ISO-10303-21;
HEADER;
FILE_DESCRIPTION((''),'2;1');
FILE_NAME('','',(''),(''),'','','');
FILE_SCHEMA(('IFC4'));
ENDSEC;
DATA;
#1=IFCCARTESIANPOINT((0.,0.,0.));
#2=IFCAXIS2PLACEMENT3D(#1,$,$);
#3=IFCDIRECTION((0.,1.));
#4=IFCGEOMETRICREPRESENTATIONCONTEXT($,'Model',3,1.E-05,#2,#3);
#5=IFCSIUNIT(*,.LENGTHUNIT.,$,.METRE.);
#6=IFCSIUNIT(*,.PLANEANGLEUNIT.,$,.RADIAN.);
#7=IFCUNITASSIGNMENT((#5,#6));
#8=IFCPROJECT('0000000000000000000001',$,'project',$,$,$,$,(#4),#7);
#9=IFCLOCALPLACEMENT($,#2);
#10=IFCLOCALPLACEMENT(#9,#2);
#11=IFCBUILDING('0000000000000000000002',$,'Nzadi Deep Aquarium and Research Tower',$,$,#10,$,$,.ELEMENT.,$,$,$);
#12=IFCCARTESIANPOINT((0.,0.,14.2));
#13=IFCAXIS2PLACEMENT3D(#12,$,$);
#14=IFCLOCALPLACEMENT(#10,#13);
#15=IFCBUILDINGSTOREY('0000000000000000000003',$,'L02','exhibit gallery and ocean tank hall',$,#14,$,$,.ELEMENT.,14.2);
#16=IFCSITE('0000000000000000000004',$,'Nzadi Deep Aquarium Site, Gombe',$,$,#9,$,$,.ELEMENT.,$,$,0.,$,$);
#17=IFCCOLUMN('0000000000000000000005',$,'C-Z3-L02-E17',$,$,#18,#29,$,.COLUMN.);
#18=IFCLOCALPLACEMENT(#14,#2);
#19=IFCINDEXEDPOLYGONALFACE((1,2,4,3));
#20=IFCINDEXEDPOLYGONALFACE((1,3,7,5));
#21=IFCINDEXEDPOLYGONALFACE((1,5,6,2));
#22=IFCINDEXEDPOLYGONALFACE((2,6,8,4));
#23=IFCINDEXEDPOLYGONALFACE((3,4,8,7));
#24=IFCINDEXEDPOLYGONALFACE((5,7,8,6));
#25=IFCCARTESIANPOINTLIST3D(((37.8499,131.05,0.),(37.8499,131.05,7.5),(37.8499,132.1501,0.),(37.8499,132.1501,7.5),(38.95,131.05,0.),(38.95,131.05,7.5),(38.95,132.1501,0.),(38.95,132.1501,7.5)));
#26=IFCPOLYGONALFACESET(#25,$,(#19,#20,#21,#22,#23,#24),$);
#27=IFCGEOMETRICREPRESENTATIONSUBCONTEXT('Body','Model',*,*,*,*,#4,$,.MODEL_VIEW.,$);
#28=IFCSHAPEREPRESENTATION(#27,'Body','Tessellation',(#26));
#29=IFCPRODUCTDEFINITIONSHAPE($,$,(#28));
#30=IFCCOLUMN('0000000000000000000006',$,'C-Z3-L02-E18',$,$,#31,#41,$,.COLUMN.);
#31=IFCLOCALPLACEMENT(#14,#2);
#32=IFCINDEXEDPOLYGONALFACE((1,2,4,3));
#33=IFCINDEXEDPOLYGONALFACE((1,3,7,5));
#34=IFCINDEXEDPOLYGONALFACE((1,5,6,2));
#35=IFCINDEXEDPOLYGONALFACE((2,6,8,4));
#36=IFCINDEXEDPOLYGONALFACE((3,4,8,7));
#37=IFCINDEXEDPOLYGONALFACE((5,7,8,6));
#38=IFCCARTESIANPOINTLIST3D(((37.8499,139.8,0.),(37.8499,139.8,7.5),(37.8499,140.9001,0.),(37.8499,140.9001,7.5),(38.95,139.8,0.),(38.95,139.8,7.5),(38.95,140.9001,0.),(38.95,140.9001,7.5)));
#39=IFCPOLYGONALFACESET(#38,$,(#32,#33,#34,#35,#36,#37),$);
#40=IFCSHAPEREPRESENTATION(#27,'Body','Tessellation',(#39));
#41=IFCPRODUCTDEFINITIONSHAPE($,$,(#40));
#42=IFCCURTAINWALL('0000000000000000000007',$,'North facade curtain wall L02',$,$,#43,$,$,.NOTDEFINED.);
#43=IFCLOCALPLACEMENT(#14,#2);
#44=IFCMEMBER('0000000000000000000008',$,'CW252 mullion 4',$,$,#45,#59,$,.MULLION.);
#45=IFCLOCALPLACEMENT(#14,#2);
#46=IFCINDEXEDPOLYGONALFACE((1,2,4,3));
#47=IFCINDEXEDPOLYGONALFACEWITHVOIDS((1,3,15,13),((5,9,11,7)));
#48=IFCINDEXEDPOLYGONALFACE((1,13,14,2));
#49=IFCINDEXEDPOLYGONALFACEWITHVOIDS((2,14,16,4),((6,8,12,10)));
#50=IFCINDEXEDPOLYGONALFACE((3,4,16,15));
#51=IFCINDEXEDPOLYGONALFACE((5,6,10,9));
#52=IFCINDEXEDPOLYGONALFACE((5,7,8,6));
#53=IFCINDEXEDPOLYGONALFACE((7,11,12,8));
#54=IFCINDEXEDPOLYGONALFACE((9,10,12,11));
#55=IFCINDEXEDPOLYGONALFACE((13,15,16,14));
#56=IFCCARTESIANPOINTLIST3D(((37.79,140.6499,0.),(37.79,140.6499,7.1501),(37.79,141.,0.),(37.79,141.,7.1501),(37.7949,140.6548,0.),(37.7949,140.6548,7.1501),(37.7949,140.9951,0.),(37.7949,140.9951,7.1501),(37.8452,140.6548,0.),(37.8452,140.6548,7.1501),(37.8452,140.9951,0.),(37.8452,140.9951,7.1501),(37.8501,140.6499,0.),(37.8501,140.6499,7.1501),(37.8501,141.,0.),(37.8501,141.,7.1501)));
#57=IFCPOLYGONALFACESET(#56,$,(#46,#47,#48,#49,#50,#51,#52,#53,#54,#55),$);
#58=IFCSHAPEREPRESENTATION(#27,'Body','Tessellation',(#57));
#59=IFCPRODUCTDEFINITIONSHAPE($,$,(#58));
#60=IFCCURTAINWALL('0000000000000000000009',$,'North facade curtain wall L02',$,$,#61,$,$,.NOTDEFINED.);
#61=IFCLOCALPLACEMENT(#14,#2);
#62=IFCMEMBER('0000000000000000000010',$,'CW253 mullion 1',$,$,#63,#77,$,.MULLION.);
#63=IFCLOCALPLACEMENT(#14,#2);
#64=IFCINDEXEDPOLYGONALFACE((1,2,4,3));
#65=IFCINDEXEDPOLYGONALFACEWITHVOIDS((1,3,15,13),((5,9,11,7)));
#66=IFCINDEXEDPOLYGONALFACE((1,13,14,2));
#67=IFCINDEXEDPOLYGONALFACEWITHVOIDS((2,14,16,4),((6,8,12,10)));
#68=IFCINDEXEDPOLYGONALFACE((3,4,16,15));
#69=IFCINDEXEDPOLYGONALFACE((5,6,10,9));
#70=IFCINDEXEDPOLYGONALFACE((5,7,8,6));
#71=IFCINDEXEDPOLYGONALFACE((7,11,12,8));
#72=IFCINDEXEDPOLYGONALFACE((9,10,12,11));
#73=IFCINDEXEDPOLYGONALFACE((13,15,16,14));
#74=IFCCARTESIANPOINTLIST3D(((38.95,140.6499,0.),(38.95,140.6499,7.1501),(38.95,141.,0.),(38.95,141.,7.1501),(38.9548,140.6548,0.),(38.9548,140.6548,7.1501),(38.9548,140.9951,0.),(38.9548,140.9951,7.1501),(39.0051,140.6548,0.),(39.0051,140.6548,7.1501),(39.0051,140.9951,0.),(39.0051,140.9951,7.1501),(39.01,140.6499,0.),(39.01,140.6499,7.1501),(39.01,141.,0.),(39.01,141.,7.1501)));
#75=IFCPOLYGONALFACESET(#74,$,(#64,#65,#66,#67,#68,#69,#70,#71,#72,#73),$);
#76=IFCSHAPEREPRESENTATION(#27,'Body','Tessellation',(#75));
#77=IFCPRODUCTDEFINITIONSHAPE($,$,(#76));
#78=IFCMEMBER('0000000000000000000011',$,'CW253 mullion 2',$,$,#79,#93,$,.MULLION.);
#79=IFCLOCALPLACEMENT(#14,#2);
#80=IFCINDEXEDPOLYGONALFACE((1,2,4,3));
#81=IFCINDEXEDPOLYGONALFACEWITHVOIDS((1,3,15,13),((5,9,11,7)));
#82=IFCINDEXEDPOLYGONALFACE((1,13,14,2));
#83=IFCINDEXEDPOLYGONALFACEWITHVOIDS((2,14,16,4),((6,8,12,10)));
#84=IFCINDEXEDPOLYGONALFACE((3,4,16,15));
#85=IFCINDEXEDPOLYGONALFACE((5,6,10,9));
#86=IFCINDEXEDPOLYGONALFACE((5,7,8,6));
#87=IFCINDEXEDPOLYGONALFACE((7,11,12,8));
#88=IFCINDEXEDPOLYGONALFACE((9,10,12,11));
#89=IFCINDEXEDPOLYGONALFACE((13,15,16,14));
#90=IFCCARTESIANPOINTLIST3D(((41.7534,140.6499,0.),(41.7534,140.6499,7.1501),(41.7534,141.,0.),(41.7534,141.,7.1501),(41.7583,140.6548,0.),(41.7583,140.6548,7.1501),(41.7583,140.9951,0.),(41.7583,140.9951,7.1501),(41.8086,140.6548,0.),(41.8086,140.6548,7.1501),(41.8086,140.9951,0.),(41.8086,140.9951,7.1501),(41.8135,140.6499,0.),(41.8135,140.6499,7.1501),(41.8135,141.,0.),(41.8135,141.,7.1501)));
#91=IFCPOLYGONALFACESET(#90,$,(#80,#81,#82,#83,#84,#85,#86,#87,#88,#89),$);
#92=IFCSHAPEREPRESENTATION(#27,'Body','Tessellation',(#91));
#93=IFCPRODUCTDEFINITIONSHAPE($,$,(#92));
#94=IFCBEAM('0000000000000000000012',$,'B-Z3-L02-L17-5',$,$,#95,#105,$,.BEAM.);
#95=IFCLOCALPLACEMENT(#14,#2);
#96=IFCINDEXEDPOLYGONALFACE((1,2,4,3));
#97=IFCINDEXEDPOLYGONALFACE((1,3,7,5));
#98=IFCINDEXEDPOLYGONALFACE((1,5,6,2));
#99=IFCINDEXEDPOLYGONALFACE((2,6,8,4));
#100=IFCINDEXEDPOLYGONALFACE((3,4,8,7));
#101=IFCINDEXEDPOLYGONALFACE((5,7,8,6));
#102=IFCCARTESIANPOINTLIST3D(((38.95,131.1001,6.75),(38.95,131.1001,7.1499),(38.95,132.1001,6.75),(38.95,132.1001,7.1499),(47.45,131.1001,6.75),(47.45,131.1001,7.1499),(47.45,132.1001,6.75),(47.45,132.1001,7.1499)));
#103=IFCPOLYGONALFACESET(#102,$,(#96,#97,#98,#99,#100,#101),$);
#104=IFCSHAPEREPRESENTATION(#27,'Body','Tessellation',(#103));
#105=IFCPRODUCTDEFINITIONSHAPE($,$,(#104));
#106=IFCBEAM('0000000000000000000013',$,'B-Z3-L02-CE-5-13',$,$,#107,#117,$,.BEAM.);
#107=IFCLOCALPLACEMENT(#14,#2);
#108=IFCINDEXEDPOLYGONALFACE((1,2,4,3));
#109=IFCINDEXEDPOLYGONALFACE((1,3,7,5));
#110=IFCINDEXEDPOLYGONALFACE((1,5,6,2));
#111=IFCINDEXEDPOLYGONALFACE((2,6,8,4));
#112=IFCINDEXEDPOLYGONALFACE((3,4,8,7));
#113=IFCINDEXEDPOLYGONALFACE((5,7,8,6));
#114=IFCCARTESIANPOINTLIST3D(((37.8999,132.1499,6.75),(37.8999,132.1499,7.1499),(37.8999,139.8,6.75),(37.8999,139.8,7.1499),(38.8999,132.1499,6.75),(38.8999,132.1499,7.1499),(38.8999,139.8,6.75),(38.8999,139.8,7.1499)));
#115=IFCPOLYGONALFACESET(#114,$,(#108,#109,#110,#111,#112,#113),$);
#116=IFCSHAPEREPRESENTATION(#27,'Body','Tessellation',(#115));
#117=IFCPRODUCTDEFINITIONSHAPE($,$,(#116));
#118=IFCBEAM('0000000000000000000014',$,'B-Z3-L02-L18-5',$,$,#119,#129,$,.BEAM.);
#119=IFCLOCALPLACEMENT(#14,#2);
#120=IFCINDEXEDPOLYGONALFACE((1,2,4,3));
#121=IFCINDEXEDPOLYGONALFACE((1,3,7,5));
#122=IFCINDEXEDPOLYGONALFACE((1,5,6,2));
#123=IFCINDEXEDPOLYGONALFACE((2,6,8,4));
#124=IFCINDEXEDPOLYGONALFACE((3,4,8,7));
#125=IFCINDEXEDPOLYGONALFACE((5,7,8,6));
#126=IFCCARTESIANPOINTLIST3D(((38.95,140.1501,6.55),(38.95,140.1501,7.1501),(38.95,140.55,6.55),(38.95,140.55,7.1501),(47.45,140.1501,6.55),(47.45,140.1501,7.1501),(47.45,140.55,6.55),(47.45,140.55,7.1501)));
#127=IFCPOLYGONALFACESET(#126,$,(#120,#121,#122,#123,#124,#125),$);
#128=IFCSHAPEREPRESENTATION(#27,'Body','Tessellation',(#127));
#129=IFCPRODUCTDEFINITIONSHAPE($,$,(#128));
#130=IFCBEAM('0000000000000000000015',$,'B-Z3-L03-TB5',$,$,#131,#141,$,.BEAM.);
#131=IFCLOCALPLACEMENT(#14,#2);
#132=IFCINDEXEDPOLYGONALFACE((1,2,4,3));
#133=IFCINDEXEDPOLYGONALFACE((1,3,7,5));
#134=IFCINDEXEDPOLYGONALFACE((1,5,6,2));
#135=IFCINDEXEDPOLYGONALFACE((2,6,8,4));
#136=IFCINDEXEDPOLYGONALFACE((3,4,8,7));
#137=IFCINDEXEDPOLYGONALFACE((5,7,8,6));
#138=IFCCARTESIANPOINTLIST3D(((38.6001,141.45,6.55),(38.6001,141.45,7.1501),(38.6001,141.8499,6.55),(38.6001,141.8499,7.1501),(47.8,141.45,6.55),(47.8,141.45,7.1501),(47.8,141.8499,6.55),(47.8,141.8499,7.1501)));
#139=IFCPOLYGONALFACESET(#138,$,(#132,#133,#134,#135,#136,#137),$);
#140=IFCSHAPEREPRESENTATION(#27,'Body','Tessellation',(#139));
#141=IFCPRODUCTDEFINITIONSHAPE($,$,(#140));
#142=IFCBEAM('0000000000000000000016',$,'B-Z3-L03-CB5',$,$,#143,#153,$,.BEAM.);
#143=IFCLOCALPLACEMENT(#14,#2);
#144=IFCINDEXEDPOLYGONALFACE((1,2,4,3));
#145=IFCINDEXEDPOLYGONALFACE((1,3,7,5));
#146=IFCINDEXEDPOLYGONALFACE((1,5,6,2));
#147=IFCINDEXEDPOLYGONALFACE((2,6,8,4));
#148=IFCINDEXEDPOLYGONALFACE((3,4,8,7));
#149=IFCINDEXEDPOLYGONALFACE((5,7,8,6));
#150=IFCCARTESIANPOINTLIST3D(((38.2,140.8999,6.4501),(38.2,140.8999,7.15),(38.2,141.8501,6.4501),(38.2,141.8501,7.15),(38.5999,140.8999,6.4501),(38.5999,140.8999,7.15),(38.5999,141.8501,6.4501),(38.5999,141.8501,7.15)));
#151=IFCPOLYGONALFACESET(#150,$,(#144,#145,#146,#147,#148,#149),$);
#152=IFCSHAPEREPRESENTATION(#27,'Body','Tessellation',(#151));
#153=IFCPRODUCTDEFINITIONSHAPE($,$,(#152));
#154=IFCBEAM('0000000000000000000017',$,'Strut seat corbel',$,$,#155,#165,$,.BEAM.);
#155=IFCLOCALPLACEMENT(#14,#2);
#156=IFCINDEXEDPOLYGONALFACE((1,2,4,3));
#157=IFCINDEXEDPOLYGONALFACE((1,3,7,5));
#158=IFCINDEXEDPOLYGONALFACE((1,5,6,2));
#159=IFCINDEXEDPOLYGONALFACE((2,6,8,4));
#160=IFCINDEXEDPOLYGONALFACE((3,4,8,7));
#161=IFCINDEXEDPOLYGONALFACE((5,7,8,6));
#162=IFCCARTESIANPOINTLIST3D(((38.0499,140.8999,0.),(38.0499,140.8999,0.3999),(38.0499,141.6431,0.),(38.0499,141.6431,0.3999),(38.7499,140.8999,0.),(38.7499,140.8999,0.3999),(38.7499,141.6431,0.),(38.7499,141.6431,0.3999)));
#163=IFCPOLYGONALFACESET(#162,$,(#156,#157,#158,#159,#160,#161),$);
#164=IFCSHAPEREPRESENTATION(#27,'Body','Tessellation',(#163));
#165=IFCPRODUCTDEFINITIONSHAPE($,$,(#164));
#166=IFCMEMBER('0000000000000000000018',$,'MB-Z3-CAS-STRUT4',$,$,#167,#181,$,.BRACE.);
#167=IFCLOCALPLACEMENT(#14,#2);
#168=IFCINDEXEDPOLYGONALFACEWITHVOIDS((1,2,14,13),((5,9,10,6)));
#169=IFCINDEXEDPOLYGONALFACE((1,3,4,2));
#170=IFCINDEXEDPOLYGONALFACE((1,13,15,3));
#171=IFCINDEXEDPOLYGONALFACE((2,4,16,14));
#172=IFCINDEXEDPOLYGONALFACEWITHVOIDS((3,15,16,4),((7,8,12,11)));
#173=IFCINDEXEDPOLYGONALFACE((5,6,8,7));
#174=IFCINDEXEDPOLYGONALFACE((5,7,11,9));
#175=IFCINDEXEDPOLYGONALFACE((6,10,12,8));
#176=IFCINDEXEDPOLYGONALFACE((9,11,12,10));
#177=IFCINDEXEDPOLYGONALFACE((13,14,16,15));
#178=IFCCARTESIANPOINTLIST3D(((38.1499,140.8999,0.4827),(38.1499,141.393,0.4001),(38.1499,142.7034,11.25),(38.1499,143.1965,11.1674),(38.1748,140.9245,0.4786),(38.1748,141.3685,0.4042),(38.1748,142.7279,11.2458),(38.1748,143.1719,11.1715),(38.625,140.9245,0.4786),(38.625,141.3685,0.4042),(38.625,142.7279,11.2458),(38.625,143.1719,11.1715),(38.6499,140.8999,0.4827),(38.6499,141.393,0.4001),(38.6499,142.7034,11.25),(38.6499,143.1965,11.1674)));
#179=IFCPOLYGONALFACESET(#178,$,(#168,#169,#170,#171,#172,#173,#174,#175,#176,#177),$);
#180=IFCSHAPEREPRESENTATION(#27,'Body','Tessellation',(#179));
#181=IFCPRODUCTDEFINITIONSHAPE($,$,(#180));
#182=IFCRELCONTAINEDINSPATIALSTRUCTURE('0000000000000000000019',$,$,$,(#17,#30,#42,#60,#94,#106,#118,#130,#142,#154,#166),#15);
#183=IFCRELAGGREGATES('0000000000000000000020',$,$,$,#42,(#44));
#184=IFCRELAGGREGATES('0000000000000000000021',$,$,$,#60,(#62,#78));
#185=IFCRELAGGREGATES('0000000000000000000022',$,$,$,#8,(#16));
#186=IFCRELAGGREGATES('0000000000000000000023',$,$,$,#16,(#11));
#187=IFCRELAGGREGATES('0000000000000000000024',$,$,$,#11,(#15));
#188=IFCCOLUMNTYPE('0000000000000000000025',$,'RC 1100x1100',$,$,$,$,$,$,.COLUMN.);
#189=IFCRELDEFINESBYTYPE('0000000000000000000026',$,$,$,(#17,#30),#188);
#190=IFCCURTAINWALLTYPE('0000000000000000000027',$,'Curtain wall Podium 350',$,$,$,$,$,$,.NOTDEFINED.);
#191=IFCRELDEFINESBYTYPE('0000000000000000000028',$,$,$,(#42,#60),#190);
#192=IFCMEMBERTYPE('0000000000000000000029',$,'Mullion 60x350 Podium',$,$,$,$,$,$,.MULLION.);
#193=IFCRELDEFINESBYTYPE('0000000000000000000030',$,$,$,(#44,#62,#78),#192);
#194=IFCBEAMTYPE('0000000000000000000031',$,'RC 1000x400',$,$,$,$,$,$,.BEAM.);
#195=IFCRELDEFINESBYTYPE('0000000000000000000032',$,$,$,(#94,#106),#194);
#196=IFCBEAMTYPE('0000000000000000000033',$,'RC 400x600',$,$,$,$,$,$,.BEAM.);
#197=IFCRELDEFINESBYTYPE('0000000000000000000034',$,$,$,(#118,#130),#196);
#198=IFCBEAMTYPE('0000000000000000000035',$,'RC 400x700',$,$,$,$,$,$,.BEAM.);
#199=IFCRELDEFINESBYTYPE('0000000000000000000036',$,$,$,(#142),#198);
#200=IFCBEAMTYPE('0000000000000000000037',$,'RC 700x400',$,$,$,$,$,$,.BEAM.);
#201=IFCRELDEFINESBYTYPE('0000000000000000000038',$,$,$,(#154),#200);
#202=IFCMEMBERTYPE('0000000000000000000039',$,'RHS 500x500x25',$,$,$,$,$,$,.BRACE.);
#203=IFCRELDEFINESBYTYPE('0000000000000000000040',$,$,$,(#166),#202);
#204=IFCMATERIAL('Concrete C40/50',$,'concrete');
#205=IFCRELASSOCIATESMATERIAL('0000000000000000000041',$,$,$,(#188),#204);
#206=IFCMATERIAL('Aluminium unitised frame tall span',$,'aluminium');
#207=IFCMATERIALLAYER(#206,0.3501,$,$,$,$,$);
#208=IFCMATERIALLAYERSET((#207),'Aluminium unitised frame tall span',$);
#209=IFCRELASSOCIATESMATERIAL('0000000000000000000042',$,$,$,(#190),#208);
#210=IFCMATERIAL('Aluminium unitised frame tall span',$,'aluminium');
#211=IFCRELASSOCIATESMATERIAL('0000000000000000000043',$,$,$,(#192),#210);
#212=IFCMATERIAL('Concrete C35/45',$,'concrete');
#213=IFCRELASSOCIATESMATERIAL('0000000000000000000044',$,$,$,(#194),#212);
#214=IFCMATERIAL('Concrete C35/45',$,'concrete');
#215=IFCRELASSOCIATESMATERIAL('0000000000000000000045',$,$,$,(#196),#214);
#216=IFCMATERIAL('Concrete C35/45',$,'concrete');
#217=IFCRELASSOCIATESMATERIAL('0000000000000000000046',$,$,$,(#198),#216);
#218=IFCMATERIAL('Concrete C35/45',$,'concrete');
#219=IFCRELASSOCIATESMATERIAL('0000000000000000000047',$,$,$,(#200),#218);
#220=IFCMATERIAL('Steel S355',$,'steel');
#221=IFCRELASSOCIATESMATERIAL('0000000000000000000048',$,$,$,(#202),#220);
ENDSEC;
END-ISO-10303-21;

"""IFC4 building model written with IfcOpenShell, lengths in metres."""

from ifc_helpers import new_model, si_unit, direction, frame, origin, origin_2d, place, context, subcontext, project, spatial, rectangle, hollow_rectangle, extrude, material, layer, layer_set, material_profile, profile_set, type_object, element, aggregate, save


model = new_model("IFC4")

# Units and contexts
model_context = context("Model", 3, precision=1e-05, world=origin(), true_north=direction((0.0, 1.0)))
body_context = subcontext(model_context, "Body", "Model", "MODEL_VIEW")
ifc_project = project(units=[si_unit("LENGTHUNIT", "METRE"), si_unit("PLANEANGLEUNIT", "RADIAN")], contexts=[model_context])

# Site, building, storey
site_placement = place(None, origin())
site = spatial("IfcSite", under=ifc_project, at=site_placement, Name="Nzadi Deep Aquarium Site, Gombe", CompositionType="ELEMENT", RefElevation=0.0)
building_placement = place(site_placement, origin())
building = spatial("IfcBuilding", under=site, at=building_placement, Name="Nzadi Deep Aquarium and Research Tower", CompositionType="ELEMENT")
storey_placement = place(building_placement, frame((0.0, 0.0, 14.2)))
storey = spatial("IfcBuildingStorey", under=building, at=storey_placement, Name="L02", Description="exhibit gallery and ocean tank hall", CompositionType="ELEMENT", Elevation=14.2)

# Columns
ifc_material_1 = material(Name="Concrete C40/50", Category="concrete")
ifc_material_profile_1 = material_profile(ifc_material_1, rectangle(XDim=1.1001, YDim=1.1001, at=origin_2d()))
ifc_profile_set_1 = profile_set([ifc_material_profile_1], Name="Concrete C40/50")
column_type = type_object("IfcColumnType", Name="RC 1100x1100", PredefinedType="COLUMN", material=ifc_profile_set_1)
for number, where, z_axis, x_axis, name in (
    (1, (38.3999, 131.6001, 0.0), (0.0, 0.0, 1.0), (1.0, 0.0, 0.0), "C-Z3-L02-E17"),
    (2, (38.3999, 140.3501, 0.0), (0.0, 0.0, 1.0), (1.0, 0.0, 0.0), "C-Z3-L02-E18"),
):
    element("IfcColumn", number, at=place(storey_placement, frame(where, z_axis=z_axis, x_axis=x_axis)), inside=storey, type_object=column_type, Name=name, PredefinedType="COLUMN", context=body_context, shape_type="SweptSolid", body=[
        extrude(rectangle(XDim=1.1001, YDim=1.1001, at=origin_2d()), origin(), (0.0, 0.0, 1.0), 7.5),
    ])

# Curtain wall, member
ifc_material_2 = material(Name="Aluminium unitised frame tall span", Category="aluminium")
ifc_layer_1 = layer(ifc_material_2, 0.3501)
ifc_layer_set_1 = layer_set([ifc_layer_1], Name="Aluminium unitised frame tall span")
curtain_wall_type = type_object("IfcCurtainWallType", Name="Curtain wall Podium 350", PredefinedType="NOTDEFINED", material=ifc_layer_set_1)
curtain_wall_1_placement = place(storey_placement, origin())
curtain_wall_1 = element("IfcCurtainWall", 3, at=curtain_wall_1_placement, inside=storey, type_object=curtain_wall_type, Name="North facade curtain wall L02", PredefinedType="NOTDEFINED")
ifc_material_3 = material(Name="Aluminium unitised frame tall span", Category="aluminium")
ifc_material_profile_2 = material_profile(ifc_material_3, hollow_rectangle(XDim=0.3501, YDim=0.0601, WallThickness=0.0049, at=origin_2d()))
ifc_profile_set_2 = profile_set([ifc_material_profile_2], Name="Aluminium unitised frame tall span")
member_type_1 = type_object("IfcMemberType", Name="Mullion 60x350 Podium", PredefinedType="MULLION", material=ifc_profile_set_2)
member_1_placement = place(storey_placement, frame((37.8201, 140.825, 0.0), z_axis=(0.0, 0.0, 1.0), x_axis=(0.0, 1.0, 0.0)))
member_1 = element("IfcMember", 4, at=member_1_placement, type_object=member_type_1, Name="CW252 mullion 4", PredefinedType="MULLION", context=body_context, shape_type="SweptSolid", body=[
    extrude(hollow_rectangle(XDim=0.3501, YDim=0.0601, WallThickness=0.0049, at=origin_2d()), origin(), (0.0, 0.0, 1.0), 7.1501),
])

# Curtain wall, members
curtain_wall_2_placement = place(storey_placement, origin())
curtain_wall_2 = element("IfcCurtainWall", 5, at=curtain_wall_2_placement, inside=storey, type_object=curtain_wall_type, Name="North facade curtain wall L02", PredefinedType="NOTDEFINED")
member_2_placement = place(storey_placement, frame((38.98, 140.825, 0.0), z_axis=(0.0, 0.0, 1.0), x_axis=(0.0, 1.0, 0.0)))
member_2 = element("IfcMember", 6, at=member_2_placement, type_object=member_type_1, Name="CW253 mullion 1", PredefinedType="MULLION", context=body_context, shape_type="SweptSolid", body=[
    extrude(hollow_rectangle(XDim=0.3501, YDim=0.0601, WallThickness=0.0049, at=origin_2d()), origin(), (0.0, 0.0, 1.0), 7.1501),
])
member_3_placement = place(storey_placement, frame((41.7834, 140.825, 0.0), z_axis=(0.0, 0.0, 1.0), x_axis=(0.0, 1.0, 0.0)))
member_3 = element("IfcMember", 7, at=member_3_placement, type_object=member_type_1, Name="CW253 mullion 2", PredefinedType="MULLION", context=body_context, shape_type="SweptSolid", body=[
    extrude(hollow_rectangle(XDim=0.3501, YDim=0.0601, WallThickness=0.0049, at=origin_2d()), origin(), (0.0, 0.0, 1.0), 7.1501),
])

# Beams
ifc_material_4 = material(Name="Concrete C35/45", Category="concrete")
ifc_material_profile_3 = material_profile(ifc_material_4, rectangle(XDim=1.0, YDim=0.3999, at=origin_2d()))
ifc_profile_set_3 = profile_set([ifc_material_profile_3], Name="Concrete C35/45")
beam_type_1 = type_object("IfcBeamType", Name="RC 1000x400", PredefinedType="BEAM", material=ifc_profile_set_3)
beam_1_placement = place(storey_placement, frame((38.95, 131.6001, 6.95), z_axis=(1.0, 0.0, 0.0), x_axis=(0.0, 1.0, 0.0)))
element("IfcBeam", 8, at=beam_1_placement, inside=storey, type_object=beam_type_1, Name="B-Z3-L02-L17-5", PredefinedType="BEAM", context=body_context, shape_type="SweptSolid", body=[
    extrude(rectangle(XDim=1.0, YDim=0.3999, at=origin_2d()), origin(), (0.0, 0.0, 1.0), 8.5),
])
beam_2_placement = place(storey_placement, frame((38.3999, 132.1499, 6.95), z_axis=(0.0, 1.0, 0.0), x_axis=(-1.0, 0.0, 0.0)))
element("IfcBeam", 9, at=beam_2_placement, inside=storey, type_object=beam_type_1, Name="B-Z3-L02-CE-5-13", PredefinedType="BEAM", context=body_context, shape_type="SweptSolid", body=[
    extrude(rectangle(XDim=1.0, YDim=0.3999, at=origin_2d()), origin(), (0.0, 0.0, 1.0), 7.6501),
])
ifc_material_5 = material(Name="Concrete C35/45", Category="concrete")
ifc_material_profile_4 = material_profile(ifc_material_5, rectangle(XDim=0.3999, YDim=0.6001, at=origin_2d()))
ifc_profile_set_4 = profile_set([ifc_material_profile_4], Name="Concrete C35/45")
beam_type_2 = type_object("IfcBeamType", Name="RC 400x600", PredefinedType="BEAM", material=ifc_profile_set_4)
beam_3_placement = place(storey_placement, frame((38.95, 140.3501, 6.8501), z_axis=(1.0, 0.0, 0.0), x_axis=(0.0, 1.0, 0.0)))
element("IfcBeam", 10, at=beam_3_placement, inside=storey, type_object=beam_type_2, Name="B-Z3-L02-L18-5", PredefinedType="BEAM", context=body_context, shape_type="SweptSolid", body=[
    extrude(rectangle(XDim=0.3999, YDim=0.6001, at=origin_2d()), origin(), (0.0, 0.0, 1.0), 8.5),
])
beam_4_placement = place(storey_placement, frame((38.6001, 141.6499, 6.8501), z_axis=(1.0, 0.0, 0.0), x_axis=(0.0, 1.0, 0.0)))
element("IfcBeam", 11, at=beam_4_placement, inside=storey, type_object=beam_type_2, Name="B-Z3-L03-TB5", PredefinedType="BEAM", context=body_context, shape_type="SweptSolid", body=[
    extrude(rectangle(XDim=0.3999, YDim=0.6001, at=origin_2d()), origin(), (0.0, 0.0, 1.0), 9.2),
])
ifc_material_6 = material(Name="Concrete C35/45", Category="concrete")
ifc_material_profile_5 = material_profile(ifc_material_6, rectangle(XDim=0.3999, YDim=0.7, at=origin_2d()))
ifc_profile_set_5 = profile_set([ifc_material_profile_5], Name="Concrete C35/45")
beam_type_3 = type_object("IfcBeamType", Name="RC 400x700", PredefinedType="BEAM", material=ifc_profile_set_5)
beam_5_placement = place(storey_placement, frame((38.3999, 140.8999, 6.8), z_axis=(0.0, 1.0, 0.0), x_axis=(-1.0, 0.0, 0.0)))
element("IfcBeam", 12, at=beam_5_placement, inside=storey, type_object=beam_type_3, Name="B-Z3-L03-CB5", PredefinedType="BEAM", context=body_context, shape_type="SweptSolid", body=[
    extrude(rectangle(XDim=0.3999, YDim=0.7, at=origin_2d()), origin(), (0.0, 0.0, 1.0), 0.9502),
])
ifc_material_7 = material(Name="Concrete C35/45", Category="concrete")
ifc_material_profile_6 = material_profile(ifc_material_7, rectangle(XDim=0.7, YDim=0.3999, at=origin_2d()))
ifc_profile_set_6 = profile_set([ifc_material_profile_6], Name="Concrete C35/45")
beam_type_4 = type_object("IfcBeamType", Name="RC 700x400", PredefinedType="BEAM", material=ifc_profile_set_6)
beam_6_placement = place(storey_placement, frame((38.3999, 140.8999, 0.2), z_axis=(0.0, 1.0, 0.0), x_axis=(-1.0, 0.0, 0.0)))
element("IfcBeam", 13, at=beam_6_placement, inside=storey, type_object=beam_type_4, Name="Strut seat corbel", PredefinedType="BEAM", context=body_context, shape_type="SweptSolid", body=[
    extrude(rectangle(XDim=0.7, YDim=0.3999, at=origin_2d()), origin(), (0.0, 0.0, 1.0), 0.7432),
])

# Member
ifc_material_8 = material(Name="Steel S355", Category="steel")
ifc_material_profile_7 = material_profile(ifc_material_8, hollow_rectangle(XDim=0.5, YDim=0.5, WallThickness=0.0249, at=origin_2d()))
ifc_profile_set_7 = profile_set([ifc_material_profile_7], Name="Steel S355")
member_type_2 = type_object("IfcMemberType", Name="RHS 500x500x25", PredefinedType="BRACE", material=ifc_profile_set_7)
member_4_placement = place(storey_placement, frame((38.3999, 141.1465, 0.4414), z_axis=(0.0, 0.165193, 0.986261), x_axis=(-1.0, 0.0, 0.0)))
element("IfcMember", 14, at=member_4_placement, inside=storey, type_object=member_type_2, Name="MB-Z3-CAS-STRUT4", PredefinedType="BRACE", context=body_context, shape_type="SweptSolid", body=[
    extrude(hollow_rectangle(XDim=0.5, YDim=0.5, WallThickness=0.0249, at=origin_2d()), origin(), (0.0, 0.0, 1.0), 10.9172),
])

aggregate(curtain_wall_1, [member_1])
aggregate(curtain_wall_2, [member_2, member_3])

save(model, "model.ifc")
